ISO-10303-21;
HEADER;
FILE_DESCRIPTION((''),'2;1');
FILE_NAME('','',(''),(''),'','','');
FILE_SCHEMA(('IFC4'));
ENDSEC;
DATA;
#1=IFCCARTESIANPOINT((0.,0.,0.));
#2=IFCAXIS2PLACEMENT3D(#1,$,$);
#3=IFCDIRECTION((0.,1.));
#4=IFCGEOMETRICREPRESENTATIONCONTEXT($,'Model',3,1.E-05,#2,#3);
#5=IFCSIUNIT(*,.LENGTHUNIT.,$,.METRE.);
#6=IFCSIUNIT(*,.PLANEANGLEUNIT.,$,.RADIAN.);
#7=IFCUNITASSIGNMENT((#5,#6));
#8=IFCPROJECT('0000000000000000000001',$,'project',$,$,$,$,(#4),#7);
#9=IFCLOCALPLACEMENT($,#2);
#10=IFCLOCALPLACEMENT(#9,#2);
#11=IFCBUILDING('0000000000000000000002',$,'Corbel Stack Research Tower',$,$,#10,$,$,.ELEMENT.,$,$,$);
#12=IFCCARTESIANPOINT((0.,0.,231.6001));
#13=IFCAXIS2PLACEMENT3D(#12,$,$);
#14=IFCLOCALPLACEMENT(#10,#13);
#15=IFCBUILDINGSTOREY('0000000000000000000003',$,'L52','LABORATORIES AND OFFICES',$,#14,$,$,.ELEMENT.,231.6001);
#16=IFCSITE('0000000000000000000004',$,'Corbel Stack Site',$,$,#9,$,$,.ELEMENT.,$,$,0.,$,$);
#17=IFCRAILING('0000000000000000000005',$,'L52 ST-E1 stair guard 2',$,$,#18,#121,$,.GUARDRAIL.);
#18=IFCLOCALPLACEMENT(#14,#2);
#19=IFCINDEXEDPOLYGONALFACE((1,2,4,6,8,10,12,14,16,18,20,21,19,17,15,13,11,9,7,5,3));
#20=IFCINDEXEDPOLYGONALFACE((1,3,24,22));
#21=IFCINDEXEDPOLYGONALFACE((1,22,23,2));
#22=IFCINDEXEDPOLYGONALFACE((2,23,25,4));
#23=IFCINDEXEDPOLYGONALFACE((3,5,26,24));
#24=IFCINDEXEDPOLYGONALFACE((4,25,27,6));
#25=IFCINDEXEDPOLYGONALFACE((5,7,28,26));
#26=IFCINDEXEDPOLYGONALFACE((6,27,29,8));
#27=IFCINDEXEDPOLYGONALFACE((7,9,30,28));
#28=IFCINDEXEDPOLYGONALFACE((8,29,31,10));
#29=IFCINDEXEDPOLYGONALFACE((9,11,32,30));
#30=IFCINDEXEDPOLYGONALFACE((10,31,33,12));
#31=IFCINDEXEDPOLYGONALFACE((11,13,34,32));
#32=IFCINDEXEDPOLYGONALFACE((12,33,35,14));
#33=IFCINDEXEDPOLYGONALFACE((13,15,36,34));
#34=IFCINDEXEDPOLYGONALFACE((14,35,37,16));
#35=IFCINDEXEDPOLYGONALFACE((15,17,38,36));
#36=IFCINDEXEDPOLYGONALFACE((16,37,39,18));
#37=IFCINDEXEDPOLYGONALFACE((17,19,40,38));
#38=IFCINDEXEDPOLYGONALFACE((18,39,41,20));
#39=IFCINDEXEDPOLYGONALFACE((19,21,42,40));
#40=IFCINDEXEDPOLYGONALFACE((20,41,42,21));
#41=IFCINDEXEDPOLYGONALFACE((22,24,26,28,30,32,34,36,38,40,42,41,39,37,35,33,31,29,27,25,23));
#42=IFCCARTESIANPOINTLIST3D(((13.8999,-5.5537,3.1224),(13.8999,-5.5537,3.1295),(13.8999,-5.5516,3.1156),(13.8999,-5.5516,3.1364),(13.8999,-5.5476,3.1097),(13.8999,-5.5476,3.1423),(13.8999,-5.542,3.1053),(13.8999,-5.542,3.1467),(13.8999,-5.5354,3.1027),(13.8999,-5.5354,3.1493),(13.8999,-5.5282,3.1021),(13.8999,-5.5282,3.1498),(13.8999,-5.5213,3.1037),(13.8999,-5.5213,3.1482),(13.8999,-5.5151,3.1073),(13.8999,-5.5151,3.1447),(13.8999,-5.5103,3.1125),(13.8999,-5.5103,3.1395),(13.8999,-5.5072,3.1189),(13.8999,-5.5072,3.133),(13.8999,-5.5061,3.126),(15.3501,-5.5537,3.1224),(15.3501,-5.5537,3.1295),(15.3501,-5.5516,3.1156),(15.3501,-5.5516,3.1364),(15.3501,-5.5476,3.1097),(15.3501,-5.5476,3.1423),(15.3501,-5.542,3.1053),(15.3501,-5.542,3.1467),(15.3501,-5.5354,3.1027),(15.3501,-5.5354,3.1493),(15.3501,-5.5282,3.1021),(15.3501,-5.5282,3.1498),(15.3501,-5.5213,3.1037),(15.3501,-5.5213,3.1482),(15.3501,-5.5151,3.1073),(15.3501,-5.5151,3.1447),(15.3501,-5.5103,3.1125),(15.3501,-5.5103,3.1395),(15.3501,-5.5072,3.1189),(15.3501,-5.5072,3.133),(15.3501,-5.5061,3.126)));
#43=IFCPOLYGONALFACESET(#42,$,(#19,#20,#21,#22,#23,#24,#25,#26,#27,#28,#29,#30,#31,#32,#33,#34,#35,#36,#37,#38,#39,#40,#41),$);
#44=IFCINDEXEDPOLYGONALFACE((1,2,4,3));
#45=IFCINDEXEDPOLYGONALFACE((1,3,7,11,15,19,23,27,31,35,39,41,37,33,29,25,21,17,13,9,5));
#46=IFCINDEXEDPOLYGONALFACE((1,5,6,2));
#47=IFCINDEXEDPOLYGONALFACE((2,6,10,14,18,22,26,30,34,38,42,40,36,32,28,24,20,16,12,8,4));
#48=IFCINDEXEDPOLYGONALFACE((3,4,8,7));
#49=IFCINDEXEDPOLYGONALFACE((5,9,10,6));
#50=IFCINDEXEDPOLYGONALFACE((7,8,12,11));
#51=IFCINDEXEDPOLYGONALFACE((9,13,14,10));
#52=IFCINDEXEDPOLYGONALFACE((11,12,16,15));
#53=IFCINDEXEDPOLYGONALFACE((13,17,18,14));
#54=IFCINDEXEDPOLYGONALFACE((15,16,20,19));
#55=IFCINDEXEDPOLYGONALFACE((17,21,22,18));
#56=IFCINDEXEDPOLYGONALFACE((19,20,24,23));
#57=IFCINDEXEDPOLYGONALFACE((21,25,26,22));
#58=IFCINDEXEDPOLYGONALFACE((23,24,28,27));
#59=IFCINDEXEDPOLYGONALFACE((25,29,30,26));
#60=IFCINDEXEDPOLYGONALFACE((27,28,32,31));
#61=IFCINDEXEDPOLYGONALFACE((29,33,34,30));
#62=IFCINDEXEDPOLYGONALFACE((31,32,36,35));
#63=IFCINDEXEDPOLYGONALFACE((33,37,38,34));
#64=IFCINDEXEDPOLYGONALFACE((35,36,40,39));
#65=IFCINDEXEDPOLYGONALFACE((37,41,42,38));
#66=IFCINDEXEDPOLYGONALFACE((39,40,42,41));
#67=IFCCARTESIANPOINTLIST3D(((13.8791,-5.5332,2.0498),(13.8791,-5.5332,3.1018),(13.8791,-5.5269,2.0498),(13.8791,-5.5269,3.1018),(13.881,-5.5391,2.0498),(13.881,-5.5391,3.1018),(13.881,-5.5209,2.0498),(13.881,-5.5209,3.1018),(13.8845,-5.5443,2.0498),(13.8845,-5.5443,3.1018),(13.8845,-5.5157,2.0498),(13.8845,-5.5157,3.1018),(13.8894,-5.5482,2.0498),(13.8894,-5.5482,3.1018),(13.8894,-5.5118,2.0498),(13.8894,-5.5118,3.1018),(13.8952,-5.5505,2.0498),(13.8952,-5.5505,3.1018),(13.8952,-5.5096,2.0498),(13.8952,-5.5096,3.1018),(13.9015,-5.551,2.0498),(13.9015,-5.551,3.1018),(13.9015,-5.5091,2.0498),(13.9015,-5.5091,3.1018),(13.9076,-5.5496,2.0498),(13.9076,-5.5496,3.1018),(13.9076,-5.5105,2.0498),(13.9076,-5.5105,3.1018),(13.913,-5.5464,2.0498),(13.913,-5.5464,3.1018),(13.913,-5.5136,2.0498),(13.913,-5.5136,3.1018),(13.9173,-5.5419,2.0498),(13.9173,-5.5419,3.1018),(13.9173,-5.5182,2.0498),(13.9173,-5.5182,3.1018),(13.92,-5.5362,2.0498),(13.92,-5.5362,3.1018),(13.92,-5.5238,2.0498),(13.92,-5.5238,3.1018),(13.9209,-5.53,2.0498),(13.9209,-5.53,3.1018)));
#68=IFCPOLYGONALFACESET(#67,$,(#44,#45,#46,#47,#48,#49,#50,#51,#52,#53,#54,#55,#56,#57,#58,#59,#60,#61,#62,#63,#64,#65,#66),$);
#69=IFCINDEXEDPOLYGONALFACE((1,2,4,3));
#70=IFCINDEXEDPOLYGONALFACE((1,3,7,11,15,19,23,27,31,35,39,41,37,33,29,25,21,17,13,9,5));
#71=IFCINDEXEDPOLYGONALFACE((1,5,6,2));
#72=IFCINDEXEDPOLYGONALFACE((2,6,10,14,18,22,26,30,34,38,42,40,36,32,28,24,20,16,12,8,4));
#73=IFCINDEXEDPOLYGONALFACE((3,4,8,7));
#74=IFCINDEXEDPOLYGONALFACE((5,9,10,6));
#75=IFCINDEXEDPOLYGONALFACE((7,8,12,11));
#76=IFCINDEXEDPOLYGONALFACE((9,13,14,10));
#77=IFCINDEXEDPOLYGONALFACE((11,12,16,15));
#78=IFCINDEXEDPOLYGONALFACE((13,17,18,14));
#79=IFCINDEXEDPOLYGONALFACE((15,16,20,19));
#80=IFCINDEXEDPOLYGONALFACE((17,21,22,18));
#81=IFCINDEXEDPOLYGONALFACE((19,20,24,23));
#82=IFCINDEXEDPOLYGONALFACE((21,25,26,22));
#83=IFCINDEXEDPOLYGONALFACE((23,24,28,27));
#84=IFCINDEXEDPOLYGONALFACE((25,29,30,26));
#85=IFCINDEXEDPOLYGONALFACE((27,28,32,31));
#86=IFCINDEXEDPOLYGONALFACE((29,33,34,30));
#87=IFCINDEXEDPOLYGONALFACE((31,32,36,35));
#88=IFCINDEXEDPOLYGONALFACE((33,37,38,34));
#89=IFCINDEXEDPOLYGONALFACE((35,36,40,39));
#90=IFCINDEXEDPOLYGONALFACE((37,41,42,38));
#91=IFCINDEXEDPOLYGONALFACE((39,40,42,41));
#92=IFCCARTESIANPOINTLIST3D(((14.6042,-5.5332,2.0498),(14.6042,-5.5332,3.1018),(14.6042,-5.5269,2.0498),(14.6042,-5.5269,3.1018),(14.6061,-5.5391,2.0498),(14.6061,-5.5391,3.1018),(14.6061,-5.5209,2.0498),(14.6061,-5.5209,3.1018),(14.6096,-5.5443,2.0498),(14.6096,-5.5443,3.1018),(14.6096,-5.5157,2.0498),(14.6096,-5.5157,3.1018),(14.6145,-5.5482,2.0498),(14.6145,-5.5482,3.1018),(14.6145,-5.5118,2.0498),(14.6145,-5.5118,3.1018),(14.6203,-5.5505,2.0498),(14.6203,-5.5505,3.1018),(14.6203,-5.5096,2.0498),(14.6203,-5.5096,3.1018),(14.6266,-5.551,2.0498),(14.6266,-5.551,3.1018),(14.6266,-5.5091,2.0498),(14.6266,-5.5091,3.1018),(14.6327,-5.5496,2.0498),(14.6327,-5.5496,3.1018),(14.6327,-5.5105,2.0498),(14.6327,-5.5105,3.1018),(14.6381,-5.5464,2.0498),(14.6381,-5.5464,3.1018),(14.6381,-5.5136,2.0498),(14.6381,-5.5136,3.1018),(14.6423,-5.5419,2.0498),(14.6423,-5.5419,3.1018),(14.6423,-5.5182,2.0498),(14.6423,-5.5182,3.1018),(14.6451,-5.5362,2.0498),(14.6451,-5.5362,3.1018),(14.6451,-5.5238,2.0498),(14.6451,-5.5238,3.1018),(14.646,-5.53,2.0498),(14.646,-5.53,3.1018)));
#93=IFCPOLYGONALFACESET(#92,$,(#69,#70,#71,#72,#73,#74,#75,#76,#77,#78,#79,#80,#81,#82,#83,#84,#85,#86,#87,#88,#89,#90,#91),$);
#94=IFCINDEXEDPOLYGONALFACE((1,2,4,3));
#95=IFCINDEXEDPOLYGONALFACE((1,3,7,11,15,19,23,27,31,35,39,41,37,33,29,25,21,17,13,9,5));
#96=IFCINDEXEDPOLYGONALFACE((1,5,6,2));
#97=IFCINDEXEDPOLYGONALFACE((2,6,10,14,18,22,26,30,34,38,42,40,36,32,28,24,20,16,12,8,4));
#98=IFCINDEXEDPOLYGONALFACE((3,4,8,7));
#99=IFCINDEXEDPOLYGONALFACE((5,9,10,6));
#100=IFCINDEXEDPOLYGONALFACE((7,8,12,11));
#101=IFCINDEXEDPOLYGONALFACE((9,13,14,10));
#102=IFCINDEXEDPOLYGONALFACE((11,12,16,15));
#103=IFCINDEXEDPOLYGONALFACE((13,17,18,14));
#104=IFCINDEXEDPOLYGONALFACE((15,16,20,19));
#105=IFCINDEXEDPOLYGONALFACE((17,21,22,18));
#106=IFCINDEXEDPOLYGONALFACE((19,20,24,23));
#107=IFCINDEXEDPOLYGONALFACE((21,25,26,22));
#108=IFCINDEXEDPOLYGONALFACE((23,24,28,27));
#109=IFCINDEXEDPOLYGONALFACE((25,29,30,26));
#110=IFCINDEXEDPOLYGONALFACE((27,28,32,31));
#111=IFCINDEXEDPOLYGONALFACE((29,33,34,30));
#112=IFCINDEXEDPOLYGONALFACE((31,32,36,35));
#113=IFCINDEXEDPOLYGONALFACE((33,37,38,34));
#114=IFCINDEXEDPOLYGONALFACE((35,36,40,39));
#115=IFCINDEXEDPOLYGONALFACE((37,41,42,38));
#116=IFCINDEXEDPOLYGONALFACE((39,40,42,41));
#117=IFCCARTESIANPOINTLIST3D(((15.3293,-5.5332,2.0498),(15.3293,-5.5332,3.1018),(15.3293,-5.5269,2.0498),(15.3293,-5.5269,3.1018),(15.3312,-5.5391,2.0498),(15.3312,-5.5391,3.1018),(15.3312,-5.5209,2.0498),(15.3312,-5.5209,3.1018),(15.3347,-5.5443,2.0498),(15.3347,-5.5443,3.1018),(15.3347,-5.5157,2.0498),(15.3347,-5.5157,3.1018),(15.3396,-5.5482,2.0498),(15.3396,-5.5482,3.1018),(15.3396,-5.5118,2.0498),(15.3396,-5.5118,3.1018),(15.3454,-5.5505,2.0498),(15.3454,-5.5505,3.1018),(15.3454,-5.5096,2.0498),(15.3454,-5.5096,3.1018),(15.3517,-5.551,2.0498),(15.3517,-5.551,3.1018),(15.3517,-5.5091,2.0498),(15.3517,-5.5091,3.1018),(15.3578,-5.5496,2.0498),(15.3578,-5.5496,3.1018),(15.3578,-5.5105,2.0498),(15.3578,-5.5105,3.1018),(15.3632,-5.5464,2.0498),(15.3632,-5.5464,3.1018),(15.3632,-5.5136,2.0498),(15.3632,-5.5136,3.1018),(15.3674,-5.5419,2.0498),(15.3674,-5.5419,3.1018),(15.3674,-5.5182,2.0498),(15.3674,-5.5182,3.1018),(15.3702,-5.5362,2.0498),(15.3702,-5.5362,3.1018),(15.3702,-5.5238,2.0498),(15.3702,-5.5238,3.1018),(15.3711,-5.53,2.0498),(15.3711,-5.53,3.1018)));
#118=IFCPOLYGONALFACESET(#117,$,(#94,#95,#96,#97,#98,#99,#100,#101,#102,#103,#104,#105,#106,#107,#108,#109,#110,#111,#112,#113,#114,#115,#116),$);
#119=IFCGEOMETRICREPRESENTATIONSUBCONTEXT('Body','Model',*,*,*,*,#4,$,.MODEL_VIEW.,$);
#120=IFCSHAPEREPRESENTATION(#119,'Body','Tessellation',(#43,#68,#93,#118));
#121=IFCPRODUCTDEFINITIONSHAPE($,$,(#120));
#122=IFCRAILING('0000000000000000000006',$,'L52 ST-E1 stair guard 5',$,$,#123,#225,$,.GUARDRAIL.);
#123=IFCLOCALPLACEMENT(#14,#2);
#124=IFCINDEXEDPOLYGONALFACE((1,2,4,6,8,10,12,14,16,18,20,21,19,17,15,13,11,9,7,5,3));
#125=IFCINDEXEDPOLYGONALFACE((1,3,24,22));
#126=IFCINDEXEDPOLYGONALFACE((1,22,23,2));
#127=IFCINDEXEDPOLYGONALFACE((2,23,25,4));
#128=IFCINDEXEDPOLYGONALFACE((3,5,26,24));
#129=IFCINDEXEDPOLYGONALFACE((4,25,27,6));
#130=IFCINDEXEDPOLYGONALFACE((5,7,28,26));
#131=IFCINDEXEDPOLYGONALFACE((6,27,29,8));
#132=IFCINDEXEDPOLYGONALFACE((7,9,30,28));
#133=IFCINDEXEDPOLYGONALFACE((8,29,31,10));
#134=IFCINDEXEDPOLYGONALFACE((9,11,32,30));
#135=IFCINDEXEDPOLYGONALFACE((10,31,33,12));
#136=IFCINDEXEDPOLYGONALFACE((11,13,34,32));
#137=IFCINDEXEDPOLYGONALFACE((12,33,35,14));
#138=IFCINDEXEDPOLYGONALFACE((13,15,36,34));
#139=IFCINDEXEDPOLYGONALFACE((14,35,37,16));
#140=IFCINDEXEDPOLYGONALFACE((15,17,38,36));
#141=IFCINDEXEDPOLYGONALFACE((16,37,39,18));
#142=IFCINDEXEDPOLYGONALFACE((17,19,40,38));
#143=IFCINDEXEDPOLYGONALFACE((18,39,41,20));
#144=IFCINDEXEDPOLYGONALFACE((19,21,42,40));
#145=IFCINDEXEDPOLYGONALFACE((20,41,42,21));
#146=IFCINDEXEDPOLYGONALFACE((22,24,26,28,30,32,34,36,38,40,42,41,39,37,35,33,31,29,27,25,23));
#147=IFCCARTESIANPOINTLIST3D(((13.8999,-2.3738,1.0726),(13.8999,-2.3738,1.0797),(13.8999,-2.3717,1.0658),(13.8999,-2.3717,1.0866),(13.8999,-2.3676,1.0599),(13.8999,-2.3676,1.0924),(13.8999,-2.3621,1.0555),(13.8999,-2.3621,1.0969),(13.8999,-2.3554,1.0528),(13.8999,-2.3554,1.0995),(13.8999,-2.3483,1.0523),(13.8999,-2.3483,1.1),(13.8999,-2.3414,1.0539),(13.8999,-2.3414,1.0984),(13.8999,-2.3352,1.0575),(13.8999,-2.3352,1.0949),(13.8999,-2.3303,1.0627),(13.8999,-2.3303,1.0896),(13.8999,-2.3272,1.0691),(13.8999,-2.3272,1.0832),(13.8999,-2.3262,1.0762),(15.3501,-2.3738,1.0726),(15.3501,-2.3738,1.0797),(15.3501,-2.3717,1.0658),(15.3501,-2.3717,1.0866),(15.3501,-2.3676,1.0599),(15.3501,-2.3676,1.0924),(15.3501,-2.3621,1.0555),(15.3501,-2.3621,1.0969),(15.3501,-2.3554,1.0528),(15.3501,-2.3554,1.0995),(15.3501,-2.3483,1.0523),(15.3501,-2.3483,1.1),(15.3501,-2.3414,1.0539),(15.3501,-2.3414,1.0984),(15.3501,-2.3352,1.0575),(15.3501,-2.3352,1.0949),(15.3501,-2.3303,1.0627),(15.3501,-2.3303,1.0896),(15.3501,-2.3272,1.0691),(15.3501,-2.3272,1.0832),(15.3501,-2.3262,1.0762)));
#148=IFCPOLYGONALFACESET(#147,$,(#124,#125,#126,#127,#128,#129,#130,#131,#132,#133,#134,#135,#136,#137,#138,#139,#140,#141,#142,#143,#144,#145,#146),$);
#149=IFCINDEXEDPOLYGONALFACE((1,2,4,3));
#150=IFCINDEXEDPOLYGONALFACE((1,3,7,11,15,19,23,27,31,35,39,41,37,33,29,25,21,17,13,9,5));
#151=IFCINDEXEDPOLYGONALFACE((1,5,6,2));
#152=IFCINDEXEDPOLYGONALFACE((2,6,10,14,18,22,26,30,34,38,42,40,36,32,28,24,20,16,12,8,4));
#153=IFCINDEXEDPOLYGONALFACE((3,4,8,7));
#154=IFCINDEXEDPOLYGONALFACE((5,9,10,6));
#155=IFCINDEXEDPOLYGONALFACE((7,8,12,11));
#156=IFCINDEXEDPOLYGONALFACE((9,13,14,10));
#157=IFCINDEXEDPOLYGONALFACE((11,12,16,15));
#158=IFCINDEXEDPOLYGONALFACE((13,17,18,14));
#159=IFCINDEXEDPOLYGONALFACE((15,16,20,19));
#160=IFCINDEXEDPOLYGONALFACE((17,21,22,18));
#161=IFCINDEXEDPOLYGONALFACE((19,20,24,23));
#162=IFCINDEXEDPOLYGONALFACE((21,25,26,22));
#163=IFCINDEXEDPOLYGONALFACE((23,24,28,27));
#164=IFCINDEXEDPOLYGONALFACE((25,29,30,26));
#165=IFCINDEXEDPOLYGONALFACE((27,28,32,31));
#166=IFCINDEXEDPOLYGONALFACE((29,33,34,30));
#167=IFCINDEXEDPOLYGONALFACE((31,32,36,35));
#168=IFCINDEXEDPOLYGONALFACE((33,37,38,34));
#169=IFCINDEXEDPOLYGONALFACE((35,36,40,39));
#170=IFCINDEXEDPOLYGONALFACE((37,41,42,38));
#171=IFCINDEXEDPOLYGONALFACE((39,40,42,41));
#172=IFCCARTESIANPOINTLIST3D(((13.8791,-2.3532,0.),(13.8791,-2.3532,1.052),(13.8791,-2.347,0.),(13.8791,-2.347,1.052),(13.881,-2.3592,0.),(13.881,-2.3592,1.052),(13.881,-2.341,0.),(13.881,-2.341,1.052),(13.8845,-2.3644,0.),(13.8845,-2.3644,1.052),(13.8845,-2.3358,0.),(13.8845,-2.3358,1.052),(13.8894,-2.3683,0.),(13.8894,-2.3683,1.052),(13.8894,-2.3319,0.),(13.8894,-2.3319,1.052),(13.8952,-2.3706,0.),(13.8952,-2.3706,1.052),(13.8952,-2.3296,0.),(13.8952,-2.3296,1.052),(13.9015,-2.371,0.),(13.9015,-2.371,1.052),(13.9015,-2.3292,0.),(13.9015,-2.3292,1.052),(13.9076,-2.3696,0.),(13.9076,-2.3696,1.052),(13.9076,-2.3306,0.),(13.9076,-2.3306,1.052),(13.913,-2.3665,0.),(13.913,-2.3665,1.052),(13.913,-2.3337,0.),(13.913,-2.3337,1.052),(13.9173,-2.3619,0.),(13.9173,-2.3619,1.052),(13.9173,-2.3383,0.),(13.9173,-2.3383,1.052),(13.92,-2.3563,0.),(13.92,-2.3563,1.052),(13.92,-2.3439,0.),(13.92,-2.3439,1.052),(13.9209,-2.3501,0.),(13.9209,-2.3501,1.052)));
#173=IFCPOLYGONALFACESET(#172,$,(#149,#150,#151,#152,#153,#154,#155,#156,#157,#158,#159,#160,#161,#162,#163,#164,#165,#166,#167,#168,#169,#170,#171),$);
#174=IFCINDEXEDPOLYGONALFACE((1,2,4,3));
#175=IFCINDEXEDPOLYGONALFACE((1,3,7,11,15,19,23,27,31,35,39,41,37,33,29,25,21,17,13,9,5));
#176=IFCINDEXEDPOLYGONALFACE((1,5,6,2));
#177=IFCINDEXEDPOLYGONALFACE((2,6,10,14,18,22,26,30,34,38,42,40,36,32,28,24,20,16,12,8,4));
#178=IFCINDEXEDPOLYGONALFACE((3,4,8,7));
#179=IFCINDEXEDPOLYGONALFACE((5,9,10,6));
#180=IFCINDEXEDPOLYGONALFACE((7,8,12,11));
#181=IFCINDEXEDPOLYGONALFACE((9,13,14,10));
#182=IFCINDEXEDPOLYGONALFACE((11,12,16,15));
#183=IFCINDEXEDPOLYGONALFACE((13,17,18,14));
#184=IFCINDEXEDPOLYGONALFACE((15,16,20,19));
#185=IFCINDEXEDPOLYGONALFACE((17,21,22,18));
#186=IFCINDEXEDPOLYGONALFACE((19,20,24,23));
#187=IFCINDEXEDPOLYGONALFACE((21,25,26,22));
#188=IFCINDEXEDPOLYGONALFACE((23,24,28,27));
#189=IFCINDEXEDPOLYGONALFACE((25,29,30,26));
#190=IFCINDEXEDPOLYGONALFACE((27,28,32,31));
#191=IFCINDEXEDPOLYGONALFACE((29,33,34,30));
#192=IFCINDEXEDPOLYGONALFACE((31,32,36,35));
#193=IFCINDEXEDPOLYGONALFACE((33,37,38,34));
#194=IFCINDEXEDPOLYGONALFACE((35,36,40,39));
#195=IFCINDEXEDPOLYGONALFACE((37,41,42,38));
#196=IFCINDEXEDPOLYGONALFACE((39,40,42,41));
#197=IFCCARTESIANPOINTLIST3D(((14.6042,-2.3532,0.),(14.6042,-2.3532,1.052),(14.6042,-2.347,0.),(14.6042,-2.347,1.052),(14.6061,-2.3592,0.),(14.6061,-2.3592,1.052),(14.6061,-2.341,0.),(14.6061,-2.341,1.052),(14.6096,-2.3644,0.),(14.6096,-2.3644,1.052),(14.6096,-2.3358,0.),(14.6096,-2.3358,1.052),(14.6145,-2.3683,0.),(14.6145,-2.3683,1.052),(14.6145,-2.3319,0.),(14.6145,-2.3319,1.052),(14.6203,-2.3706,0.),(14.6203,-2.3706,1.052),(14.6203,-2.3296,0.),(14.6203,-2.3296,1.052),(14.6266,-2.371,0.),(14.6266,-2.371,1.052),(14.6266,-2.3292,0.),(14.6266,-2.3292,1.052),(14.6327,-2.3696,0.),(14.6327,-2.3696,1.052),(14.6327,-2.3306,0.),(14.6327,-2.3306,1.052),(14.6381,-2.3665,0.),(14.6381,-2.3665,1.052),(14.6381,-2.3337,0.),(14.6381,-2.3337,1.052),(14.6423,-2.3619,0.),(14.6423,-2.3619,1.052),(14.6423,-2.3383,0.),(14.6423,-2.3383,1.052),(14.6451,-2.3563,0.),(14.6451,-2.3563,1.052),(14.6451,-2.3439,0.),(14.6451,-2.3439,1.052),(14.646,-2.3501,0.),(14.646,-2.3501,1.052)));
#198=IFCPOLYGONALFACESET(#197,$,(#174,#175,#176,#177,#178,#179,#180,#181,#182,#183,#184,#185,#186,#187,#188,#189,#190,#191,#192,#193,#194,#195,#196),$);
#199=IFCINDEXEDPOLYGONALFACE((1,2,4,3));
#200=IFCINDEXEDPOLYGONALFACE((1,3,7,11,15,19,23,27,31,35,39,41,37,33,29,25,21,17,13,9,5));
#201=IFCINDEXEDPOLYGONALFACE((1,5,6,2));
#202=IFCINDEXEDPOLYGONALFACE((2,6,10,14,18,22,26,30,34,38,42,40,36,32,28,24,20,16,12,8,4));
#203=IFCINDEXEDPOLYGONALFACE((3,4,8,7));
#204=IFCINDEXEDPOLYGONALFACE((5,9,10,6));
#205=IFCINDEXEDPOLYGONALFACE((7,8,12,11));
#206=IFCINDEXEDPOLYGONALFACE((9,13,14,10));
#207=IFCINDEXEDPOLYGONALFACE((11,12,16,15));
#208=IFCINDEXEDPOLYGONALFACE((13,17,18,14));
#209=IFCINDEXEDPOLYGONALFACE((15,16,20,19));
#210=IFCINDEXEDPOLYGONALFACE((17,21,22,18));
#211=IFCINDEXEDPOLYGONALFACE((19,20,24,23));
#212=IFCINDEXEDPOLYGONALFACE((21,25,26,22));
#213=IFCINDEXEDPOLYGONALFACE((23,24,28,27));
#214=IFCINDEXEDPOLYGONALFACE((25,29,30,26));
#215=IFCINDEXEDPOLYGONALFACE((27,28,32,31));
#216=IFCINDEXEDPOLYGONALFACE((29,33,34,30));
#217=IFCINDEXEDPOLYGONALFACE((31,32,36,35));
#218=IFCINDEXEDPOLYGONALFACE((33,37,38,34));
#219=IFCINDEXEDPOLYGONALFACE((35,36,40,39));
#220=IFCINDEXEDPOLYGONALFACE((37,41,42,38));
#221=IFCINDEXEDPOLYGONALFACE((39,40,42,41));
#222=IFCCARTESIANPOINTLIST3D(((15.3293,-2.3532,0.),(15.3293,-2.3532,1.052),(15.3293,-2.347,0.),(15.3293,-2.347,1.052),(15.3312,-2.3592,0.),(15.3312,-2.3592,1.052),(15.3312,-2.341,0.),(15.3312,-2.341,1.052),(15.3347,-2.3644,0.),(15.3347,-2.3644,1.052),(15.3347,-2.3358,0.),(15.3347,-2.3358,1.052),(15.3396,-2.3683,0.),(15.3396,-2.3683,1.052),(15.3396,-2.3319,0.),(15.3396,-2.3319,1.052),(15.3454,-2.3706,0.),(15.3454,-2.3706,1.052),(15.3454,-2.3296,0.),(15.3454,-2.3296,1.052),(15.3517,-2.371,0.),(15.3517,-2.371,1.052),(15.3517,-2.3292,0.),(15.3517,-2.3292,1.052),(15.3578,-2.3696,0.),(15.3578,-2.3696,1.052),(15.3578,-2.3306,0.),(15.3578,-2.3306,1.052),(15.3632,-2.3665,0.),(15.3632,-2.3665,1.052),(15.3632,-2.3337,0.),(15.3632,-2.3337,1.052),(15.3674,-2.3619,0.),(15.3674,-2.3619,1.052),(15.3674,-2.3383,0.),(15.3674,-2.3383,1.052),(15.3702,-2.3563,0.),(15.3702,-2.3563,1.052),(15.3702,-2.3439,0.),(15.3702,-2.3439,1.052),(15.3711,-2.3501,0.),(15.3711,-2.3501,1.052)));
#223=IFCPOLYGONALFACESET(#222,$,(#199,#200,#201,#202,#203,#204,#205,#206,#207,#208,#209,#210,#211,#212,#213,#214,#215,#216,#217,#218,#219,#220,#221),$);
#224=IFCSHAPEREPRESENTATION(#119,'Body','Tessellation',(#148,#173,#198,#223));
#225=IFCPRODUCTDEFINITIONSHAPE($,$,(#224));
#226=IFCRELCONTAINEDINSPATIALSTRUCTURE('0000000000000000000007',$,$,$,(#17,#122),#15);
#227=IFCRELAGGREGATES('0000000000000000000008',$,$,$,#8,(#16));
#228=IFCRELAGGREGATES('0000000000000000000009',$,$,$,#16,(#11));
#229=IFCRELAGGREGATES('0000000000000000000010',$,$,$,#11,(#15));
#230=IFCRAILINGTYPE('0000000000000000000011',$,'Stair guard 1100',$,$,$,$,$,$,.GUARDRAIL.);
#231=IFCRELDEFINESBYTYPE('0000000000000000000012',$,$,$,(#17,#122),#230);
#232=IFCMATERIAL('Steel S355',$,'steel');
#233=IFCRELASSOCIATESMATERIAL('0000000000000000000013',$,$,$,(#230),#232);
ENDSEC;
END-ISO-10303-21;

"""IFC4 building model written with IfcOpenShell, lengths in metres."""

from ifc_helpers import new_model, si_unit, direction, frame, origin, origin_2d, place, context, subcontext, project, spatial, circle, extrude, material, type_object, element, save


model = new_model("IFC4")

# Units and contexts
model_context = context("Model", 3, precision=1e-05, world=origin(), true_north=direction((0.0, 1.0)))
body_context = subcontext(model_context, "Body", "Model", "MODEL_VIEW")
ifc_project = project(units=[si_unit("LENGTHUNIT", "METRE"), si_unit("PLANEANGLEUNIT", "RADIAN")], contexts=[model_context])

# Site, building, storey
site_placement = place(None, origin())
site = spatial("IfcSite", under=ifc_project, at=site_placement, Name="Corbel Stack Site", CompositionType="ELEMENT", RefElevation=0.0)
building_placement = place(site_placement, origin())
building = spatial("IfcBuilding", under=site, at=building_placement, Name="Corbel Stack Research Tower", CompositionType="ELEMENT")
storey_placement = place(building_placement, frame((0.0, 0.0, 231.6001)))
storey = spatial("IfcBuildingStorey", under=building, at=storey_placement, Name="L52", Description="LABORATORIES AND OFFICES", CompositionType="ELEMENT", Elevation=231.6001)

# Railings
ifc_material_1 = material(Name="Steel S355", Category="steel")
railing_type_1 = type_object("IfcRailingType", Name="Stair guard 1100", PredefinedType="GUARDRAIL", material=ifc_material_1)
for number, where, name in (
    (1, (13.8999, -5.53, 2.0498), "L52 ST-E1 stair guard 2"),
    (2, (13.8999, -2.3501, 0.0), "L52 ST-E1 stair guard 5"),
):
    element("IfcRailing", number, at=place(storey_placement, frame(where)), inside=storey, type_object=railing_type_1, Name=name, PredefinedType="GUARDRAIL", context=body_context, shape_type="SweptSolid", body=[
        extrude(circle(Radius=0.0239, at=origin_2d()), frame((0.0, 0.0, 1.0762), z_axis=(1.0, 0.0, 0.0), x_axis=(0.0, 1.0, 0.0)), (0.0, 0.0, 1.0), 1.4502),
        extrude(circle(Radius=0.021, at=origin_2d()), origin(), (0.0, 0.0, 1.0), 1.052),
        extrude(circle(Radius=0.021, at=origin_2d()), frame((0.7251, 0.0, 0.0)), (0.0, 0.0, 1.0), 1.052),
        extrude(circle(Radius=0.021, at=origin_2d()), frame((1.4502, 0.0, 0.0)), (0.0, 0.0, 1.0), 1.052),
    ])

save(model, "model.ifc")
